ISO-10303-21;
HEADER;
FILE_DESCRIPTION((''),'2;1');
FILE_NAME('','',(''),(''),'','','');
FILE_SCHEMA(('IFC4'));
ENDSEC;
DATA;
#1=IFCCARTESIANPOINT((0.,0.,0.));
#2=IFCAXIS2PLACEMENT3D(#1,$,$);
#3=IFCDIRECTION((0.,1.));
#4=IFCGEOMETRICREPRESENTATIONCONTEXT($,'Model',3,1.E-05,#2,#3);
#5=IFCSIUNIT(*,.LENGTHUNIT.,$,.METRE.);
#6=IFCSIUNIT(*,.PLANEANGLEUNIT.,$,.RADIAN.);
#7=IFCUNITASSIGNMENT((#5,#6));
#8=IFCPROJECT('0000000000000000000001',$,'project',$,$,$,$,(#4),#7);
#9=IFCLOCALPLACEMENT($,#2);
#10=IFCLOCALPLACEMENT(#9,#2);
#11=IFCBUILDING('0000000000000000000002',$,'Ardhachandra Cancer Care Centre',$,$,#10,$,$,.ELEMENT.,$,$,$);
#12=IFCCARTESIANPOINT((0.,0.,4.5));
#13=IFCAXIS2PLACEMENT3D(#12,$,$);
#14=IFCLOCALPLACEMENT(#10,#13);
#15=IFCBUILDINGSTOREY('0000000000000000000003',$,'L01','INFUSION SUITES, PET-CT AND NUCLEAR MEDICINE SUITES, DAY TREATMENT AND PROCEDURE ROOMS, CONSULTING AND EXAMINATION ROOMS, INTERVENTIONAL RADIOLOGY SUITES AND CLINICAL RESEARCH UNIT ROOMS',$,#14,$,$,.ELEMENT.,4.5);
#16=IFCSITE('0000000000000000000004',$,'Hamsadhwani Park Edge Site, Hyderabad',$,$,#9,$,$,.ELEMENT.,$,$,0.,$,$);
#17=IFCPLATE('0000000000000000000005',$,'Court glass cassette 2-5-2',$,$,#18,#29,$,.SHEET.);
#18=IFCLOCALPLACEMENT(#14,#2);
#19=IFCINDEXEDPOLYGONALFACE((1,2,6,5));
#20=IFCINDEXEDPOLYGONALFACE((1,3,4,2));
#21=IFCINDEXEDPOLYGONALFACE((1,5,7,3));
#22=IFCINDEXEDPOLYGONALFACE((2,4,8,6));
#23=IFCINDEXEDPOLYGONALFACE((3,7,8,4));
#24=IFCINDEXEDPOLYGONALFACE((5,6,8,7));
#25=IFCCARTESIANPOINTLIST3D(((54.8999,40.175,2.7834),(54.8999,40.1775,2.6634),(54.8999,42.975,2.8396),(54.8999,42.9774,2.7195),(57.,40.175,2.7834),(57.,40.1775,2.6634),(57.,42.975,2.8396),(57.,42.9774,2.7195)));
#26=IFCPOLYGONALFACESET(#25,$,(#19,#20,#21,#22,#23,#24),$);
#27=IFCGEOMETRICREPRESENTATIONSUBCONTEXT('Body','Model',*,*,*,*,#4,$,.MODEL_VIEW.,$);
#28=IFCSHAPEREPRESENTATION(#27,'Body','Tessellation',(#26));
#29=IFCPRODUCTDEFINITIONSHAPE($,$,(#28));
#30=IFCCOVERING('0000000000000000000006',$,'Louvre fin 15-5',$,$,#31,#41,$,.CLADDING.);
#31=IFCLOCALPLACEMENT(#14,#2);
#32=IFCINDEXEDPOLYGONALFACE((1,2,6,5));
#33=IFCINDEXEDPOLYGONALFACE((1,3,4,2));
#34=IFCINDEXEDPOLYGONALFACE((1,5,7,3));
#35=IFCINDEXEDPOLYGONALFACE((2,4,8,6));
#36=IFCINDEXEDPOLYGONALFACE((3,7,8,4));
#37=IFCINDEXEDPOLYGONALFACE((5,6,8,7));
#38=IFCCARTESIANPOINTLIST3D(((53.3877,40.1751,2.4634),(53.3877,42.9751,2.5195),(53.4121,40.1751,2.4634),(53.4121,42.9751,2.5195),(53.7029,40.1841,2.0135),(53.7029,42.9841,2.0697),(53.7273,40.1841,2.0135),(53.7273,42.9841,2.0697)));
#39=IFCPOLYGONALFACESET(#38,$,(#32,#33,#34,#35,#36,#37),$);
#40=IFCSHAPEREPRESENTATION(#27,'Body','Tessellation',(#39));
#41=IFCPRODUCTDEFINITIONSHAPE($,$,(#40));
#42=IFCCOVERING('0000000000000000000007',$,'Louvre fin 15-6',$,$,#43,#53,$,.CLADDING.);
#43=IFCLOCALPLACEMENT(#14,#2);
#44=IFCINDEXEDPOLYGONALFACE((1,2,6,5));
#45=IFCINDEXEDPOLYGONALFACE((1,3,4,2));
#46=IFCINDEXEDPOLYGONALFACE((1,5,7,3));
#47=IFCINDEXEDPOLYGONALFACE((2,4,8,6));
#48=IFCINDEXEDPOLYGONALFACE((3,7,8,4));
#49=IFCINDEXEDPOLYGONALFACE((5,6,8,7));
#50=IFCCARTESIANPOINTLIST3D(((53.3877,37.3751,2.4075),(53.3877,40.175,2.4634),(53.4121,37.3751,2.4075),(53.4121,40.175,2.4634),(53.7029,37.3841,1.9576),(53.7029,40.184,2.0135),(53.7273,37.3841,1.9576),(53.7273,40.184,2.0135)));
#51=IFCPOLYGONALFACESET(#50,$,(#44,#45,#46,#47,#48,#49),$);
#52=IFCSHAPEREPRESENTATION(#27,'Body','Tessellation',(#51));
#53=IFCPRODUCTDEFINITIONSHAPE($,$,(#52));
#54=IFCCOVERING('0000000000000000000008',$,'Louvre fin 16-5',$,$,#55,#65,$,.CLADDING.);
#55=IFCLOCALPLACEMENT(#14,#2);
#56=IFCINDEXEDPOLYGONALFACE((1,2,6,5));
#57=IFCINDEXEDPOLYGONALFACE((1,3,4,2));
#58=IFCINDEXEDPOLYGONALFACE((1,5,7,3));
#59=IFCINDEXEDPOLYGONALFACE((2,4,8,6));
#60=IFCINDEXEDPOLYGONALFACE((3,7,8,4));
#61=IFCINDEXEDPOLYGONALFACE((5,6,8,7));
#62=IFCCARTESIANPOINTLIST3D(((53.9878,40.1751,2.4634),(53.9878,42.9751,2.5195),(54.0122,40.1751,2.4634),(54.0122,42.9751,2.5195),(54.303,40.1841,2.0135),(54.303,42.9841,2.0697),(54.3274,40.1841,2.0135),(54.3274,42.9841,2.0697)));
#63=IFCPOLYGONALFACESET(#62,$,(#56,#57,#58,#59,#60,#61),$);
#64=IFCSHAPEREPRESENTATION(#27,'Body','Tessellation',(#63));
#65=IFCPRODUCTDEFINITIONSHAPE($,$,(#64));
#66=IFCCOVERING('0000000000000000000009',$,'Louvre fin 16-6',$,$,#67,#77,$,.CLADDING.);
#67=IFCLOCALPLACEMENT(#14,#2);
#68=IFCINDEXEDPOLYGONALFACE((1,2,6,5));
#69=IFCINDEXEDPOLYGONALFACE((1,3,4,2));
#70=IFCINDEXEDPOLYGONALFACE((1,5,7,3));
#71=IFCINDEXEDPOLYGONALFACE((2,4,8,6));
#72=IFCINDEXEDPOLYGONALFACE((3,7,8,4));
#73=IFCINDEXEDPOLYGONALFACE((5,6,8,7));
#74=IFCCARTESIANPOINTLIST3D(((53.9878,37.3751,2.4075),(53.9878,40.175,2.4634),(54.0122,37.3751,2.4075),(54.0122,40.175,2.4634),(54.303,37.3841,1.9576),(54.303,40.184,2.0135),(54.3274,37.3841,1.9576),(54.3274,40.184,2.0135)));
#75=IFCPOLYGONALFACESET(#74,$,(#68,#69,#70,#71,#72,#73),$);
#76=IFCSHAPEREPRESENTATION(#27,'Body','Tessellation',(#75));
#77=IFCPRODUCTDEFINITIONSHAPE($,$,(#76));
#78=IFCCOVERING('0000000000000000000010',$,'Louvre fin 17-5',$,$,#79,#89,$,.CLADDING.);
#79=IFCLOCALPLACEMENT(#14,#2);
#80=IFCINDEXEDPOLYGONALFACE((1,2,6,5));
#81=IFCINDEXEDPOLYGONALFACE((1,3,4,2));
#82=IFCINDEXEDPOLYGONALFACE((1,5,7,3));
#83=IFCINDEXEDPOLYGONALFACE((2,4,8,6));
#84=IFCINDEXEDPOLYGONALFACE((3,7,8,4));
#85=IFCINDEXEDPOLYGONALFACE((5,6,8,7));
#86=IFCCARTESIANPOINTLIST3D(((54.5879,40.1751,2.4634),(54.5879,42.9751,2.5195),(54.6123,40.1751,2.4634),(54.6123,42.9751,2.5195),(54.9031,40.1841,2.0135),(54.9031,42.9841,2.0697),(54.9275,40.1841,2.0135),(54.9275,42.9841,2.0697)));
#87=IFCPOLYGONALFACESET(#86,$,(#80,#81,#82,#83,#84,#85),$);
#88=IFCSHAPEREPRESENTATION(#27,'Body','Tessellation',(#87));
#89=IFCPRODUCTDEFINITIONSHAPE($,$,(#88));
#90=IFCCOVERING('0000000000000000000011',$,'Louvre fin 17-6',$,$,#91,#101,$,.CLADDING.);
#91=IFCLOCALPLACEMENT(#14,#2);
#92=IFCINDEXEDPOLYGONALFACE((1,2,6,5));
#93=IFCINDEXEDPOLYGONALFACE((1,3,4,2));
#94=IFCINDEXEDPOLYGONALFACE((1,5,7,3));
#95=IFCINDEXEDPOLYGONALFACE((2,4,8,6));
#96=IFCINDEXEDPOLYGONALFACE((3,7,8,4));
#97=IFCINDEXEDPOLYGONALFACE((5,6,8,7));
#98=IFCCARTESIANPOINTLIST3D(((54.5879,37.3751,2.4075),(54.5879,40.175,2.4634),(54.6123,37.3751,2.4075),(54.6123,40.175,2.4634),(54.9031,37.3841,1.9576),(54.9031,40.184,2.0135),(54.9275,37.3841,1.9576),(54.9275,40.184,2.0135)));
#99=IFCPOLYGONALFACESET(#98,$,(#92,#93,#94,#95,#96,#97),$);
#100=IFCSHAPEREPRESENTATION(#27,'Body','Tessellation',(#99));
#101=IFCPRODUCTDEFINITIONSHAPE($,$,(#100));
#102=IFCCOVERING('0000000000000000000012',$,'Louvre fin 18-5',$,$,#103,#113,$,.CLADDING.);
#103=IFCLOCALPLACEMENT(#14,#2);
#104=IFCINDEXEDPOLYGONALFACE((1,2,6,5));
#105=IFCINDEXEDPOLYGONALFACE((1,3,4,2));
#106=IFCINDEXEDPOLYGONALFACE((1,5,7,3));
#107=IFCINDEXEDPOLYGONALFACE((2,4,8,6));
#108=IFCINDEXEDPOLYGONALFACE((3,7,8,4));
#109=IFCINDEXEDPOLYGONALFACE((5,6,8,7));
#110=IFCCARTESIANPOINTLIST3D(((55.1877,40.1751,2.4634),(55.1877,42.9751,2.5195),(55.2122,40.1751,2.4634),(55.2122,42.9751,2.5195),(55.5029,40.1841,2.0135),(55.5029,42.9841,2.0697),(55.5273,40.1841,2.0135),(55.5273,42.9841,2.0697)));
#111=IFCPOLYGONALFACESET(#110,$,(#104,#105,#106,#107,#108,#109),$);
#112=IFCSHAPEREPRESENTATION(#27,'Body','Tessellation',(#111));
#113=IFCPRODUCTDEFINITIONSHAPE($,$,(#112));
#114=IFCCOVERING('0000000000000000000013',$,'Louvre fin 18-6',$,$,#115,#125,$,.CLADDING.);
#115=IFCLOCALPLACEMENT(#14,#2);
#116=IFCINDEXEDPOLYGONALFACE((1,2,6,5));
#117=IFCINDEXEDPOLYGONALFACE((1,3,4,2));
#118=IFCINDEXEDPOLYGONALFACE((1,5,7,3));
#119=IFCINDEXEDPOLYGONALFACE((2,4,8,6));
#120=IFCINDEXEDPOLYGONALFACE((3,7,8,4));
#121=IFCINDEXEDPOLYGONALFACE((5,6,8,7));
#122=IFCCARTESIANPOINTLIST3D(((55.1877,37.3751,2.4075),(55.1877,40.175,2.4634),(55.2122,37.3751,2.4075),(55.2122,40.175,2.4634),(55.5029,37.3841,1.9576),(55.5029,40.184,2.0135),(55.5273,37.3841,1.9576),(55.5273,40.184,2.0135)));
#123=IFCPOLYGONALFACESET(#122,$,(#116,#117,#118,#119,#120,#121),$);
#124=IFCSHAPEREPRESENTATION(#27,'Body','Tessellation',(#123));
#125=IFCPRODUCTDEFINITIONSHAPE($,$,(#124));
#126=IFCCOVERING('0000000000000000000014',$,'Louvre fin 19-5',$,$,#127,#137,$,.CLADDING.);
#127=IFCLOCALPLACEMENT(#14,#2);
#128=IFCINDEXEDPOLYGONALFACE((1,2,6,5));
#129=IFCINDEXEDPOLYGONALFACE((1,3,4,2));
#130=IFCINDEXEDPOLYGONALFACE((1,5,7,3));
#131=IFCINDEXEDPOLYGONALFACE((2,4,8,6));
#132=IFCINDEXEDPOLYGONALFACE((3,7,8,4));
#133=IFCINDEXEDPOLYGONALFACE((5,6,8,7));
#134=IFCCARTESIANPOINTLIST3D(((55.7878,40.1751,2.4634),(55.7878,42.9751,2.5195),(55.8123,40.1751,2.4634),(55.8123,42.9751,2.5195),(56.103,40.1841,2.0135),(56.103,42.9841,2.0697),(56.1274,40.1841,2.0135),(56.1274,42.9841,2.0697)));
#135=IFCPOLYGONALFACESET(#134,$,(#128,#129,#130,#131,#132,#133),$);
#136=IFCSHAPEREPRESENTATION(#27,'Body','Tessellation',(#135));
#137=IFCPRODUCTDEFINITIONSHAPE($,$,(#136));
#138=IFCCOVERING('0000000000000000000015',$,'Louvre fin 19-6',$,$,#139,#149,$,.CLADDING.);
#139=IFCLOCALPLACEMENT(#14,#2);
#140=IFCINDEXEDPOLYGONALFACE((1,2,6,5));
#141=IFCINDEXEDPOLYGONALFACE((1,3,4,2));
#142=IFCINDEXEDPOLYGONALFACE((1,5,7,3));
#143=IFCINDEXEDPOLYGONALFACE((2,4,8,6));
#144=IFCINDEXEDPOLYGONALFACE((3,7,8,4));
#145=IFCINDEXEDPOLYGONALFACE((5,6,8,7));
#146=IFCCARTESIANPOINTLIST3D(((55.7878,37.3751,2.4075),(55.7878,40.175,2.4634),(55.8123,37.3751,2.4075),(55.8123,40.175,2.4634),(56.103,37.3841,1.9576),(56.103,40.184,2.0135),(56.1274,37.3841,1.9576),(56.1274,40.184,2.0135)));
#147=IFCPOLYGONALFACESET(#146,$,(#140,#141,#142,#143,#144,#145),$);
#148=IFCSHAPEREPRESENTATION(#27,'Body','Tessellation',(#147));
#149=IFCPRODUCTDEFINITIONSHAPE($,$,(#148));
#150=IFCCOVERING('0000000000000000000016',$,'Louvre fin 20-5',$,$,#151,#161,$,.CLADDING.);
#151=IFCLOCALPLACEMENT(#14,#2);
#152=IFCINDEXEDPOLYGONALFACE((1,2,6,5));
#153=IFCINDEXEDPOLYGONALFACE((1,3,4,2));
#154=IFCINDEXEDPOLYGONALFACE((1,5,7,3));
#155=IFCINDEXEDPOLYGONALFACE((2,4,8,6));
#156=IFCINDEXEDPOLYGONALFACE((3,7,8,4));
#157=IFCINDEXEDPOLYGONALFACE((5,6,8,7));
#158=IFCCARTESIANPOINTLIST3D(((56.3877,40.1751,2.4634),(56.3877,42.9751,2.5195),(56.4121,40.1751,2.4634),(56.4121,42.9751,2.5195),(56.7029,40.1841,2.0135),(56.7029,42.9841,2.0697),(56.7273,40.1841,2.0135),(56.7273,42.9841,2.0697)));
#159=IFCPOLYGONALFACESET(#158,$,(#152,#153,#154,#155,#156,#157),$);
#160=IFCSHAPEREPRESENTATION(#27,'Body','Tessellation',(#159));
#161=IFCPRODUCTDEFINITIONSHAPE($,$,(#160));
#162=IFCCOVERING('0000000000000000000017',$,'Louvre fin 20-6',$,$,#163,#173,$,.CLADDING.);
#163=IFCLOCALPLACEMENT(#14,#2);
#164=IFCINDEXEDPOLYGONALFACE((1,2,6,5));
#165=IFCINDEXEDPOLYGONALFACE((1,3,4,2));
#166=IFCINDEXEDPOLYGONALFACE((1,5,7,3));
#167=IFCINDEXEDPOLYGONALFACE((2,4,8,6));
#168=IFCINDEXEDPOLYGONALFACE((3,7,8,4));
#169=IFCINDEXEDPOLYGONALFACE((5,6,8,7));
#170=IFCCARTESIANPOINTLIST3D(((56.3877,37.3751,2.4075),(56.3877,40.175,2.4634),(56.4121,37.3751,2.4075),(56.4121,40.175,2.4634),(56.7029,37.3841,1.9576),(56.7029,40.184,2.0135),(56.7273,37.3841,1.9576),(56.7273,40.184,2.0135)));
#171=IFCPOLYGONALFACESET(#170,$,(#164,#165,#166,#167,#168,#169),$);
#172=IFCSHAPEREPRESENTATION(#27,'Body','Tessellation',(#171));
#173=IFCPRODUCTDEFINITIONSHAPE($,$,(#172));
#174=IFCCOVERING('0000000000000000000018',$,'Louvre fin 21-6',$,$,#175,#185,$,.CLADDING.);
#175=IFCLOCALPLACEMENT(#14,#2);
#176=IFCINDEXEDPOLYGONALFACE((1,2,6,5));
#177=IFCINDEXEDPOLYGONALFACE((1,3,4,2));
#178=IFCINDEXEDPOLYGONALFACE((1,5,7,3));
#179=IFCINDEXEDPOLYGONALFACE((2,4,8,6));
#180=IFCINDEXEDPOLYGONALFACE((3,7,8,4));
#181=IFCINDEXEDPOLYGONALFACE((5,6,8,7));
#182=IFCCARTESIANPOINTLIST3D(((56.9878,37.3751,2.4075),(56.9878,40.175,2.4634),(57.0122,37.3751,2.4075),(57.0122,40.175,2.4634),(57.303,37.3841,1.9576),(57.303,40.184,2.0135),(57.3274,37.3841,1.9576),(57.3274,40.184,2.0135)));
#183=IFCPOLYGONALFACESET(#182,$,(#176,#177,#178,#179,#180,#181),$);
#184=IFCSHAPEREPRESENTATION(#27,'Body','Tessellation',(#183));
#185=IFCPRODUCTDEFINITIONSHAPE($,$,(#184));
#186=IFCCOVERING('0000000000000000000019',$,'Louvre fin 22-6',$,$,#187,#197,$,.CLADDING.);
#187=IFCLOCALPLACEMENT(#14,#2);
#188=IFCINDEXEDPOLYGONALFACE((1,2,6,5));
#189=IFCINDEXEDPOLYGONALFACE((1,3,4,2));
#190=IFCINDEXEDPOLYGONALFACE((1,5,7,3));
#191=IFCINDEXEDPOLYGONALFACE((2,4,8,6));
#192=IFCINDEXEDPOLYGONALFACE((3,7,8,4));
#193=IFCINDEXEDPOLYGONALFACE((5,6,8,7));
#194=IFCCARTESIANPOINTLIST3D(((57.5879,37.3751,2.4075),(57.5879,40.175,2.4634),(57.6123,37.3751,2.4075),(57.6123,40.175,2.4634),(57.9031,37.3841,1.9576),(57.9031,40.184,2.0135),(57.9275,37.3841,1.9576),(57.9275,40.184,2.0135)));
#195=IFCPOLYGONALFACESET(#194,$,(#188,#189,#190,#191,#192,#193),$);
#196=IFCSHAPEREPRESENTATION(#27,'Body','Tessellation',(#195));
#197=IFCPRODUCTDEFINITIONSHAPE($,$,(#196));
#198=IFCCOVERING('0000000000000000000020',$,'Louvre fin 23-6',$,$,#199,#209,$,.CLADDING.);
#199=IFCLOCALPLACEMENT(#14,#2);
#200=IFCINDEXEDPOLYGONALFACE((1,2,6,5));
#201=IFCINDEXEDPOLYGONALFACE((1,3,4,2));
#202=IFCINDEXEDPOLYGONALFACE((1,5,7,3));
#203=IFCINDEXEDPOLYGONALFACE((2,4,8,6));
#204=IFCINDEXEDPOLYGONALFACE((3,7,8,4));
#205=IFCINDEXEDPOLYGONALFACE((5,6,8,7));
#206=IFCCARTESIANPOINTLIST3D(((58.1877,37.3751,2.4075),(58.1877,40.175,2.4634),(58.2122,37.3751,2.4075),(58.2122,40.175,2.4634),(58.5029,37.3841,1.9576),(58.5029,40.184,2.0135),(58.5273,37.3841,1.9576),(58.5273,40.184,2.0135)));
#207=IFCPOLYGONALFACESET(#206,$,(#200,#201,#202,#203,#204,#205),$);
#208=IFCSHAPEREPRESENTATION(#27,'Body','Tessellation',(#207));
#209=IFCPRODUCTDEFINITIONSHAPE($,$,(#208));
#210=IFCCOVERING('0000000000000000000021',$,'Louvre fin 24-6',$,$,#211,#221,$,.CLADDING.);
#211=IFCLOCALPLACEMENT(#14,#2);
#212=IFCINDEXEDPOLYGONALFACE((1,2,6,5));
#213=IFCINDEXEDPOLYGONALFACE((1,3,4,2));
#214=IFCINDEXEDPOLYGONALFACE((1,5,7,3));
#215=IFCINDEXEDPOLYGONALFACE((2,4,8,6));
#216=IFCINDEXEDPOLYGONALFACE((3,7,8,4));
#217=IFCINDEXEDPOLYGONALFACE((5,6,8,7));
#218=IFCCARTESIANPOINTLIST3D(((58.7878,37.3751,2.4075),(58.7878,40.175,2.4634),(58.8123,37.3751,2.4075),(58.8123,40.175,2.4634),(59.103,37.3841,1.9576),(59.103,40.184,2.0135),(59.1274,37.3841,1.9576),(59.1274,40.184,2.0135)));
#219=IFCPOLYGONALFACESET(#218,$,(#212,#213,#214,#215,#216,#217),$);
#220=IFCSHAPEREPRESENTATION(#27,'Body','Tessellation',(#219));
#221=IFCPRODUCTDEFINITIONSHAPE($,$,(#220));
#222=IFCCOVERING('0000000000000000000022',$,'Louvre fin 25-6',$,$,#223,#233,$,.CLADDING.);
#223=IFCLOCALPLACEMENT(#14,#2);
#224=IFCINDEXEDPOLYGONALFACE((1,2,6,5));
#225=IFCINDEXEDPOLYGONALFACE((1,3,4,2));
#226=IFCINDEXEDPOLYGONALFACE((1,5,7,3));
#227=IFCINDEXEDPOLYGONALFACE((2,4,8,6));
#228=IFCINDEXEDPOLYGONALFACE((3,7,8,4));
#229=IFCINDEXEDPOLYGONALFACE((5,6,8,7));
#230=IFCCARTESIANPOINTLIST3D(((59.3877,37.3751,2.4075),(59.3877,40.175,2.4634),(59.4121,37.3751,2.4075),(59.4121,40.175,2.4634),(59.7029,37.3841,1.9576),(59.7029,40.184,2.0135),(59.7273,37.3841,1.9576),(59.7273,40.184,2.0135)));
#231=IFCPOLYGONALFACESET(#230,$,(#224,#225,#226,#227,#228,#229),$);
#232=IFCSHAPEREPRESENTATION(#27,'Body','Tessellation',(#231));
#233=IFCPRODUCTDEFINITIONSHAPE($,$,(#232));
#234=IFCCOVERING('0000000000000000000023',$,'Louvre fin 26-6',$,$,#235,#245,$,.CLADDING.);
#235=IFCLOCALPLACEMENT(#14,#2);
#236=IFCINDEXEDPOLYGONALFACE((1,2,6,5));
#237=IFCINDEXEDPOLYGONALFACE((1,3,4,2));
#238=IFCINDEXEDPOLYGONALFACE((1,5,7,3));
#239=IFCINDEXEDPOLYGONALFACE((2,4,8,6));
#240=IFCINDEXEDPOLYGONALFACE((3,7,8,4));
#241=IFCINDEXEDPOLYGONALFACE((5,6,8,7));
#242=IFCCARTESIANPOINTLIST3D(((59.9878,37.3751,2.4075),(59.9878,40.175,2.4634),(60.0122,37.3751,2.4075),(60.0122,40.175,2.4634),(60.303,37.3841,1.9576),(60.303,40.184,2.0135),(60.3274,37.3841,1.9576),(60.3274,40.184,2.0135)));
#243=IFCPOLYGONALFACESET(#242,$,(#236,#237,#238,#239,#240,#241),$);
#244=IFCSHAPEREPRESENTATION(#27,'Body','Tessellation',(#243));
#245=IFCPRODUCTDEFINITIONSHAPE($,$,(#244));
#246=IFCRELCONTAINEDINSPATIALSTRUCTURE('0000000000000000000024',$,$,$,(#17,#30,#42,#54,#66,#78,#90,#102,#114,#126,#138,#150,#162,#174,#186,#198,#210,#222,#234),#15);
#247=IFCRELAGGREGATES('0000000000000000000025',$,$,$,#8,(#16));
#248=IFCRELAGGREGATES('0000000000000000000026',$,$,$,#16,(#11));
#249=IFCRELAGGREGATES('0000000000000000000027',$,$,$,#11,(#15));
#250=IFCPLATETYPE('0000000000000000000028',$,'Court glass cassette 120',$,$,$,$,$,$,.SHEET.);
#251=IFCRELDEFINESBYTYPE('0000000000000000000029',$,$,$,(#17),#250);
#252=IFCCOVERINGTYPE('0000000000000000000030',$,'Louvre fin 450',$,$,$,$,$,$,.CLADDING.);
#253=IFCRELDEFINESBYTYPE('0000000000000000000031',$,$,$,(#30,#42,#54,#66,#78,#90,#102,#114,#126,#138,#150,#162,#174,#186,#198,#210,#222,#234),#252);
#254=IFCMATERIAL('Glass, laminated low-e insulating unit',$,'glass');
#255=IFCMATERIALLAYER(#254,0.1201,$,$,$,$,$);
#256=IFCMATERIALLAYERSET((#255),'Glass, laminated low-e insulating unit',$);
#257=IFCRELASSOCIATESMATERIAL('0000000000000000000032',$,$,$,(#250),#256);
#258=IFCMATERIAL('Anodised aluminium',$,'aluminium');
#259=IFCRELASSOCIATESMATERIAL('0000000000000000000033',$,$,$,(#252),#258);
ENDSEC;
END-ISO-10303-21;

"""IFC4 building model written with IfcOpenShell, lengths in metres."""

from ifc_helpers import new_model, si_unit, direction, frame, origin, place, context, subcontext, project, spatial, polyline, outline, extrude, material, layer, layer_set, material_profile, profile_set, type_object, element, save


model = new_model("IFC4")

# Units and contexts
model_context = context("Model", 3, precision=1e-05, world=origin(), true_north=direction((0.0, 1.0)))
body_context = subcontext(model_context, "Body", "Model", "MODEL_VIEW")
ifc_project = project(units=[si_unit("LENGTHUNIT", "METRE"), si_unit("PLANEANGLEUNIT", "RADIAN")], contexts=[model_context])

# Site, building, storey
site_placement = place(None, origin())
site = spatial("IfcSite", under=ifc_project, at=site_placement, Name="Hamsadhwani Park Edge Site, Hyderabad", CompositionType="ELEMENT", RefElevation=0.0)
building_placement = place(site_placement, origin())
building = spatial("IfcBuilding", under=site, at=building_placement, Name="Ardhachandra Cancer Care Centre", CompositionType="ELEMENT")
storey_placement = place(building_placement, frame((0.0, 0.0, 4.5)))
storey = spatial("IfcBuildingStorey", under=building, at=storey_placement, Name="L01", Description="INFUSION SUITES, PET-CT AND NUCLEAR MEDICINE SUITES, DAY TREATMENT AND PROCEDURE ROOMS, CONSULTING AND EXAMINATION ROOMS, INTERVENTIONAL RADIOLOGY SUITES AND CLINICAL RESEARCH UNIT ROOMS", CompositionType="ELEMENT", Elevation=4.5)

# Plate
ifc_material_1 = material(Name="Glass, laminated low-e insulating unit", Category="glass")
ifc_layer = layer(ifc_material_1, 0.1201)
ifc_layer_set = layer_set([ifc_layer], Name="Glass, laminated low-e insulating unit")
plate_type = type_object("IfcPlateType", Name="Court glass cassette 120", PredefinedType="SHEET", material=ifc_layer_set)
plate_1_placement = place(storey_placement, frame((54.8999, 40.175, 2.7834), z_axis=(0.0, -0.02005, 0.999799), x_axis=(0.0, 0.999799, 0.02005)))
element("IfcPlate", 1, at=plate_1_placement, inside=storey, type_object=plate_type, Name="Court glass cassette 2-5-2", PredefinedType="SHEET", context=body_context, shape_type="SweptSolid", body=[
    extrude(outline(polyline([(0.0, -2.1001), (2.8005, -2.1001), (2.8005, 0.0), (0.0, 0.0), (0.0, -2.1001)])), frame((0.0, 0.0, -0.1201)), (0.0, 0.0, 1.0), 0.1201),
])

# Coverings
ifc_material_2 = material(Name="Anodised aluminium", Category="aluminium")
ifc_material_profile_1 = material_profile(ifc_material_2, outline(polyline([(-0.0122, 0.0), (0.0122, 0.0), (0.3274, -0.45), (0.303, -0.45), (-0.0122, 0.0)])), Name="Louvre fin 450")
ifc_profile_set_1 = profile_set([ifc_material_profile_1], Name="Anodised aluminium")
covering_type = type_object("IfcCoveringType", Name="Louvre fin 450", PredefinedType="CLADDING", material=ifc_profile_set_1)
for number, where, z_axis, x_axis, name in (
    (2, (53.3999, 42.9751, 2.5195), (0.0, -0.999799, -0.02005), (1.0, 0.0, 0.0), "Louvre fin 15-5"),
    (3, (53.3999, 40.175, 2.4634), (0.0, -0.999801, -0.019963), (1.0, 0.0, 0.0), "Louvre fin 15-6"),
    (4, (54.0, 42.9751, 2.5195), (0.0, -0.999799, -0.02005), (1.0, 0.0, 0.0), "Louvre fin 16-5"),
    (5, (54.0, 40.175, 2.4634), (0.0, -0.999801, -0.019963), (1.0, 0.0, 0.0), "Louvre fin 16-6"),
    (6, (54.6001, 42.9751, 2.5195), (0.0, -0.999799, -0.02005), (1.0, 0.0, 0.0), "Louvre fin 17-5"),
    (7, (54.6001, 40.175, 2.4634), (0.0, -0.999801, -0.019963), (1.0, 0.0, 0.0), "Louvre fin 17-6"),
    (8, (55.2, 42.9751, 2.5195), (0.0, -0.999799, -0.02005), (1.0, 0.0, 0.0), "Louvre fin 18-5"),
    (9, (55.2, 40.175, 2.4634), (0.0, -0.999801, -0.019963), (1.0, 0.0, 0.0), "Louvre fin 18-6"),
    (10, (55.8, 42.9751, 2.5195), (0.0, -0.999799, -0.02005), (1.0, 0.0, 0.0), "Louvre fin 19-5"),
    (11, (55.8, 40.175, 2.4634), (0.0, -0.999801, -0.019963), (1.0, 0.0, 0.0), "Louvre fin 19-6"),
    (12, (56.3999, 42.9751, 2.5195), (0.0, -0.999799, -0.02005), (1.0, 0.0, 0.0), "Louvre fin 20-5"),
    (13, (56.3999, 40.175, 2.4634), (0.0, -0.999801, -0.019963), (1.0, 0.0, 0.0), "Louvre fin 20-6"),
    (14, (57.0, 40.175, 2.4634), (0.0, -0.999801, -0.019963), (1.0, 0.0, 0.0), "Louvre fin 21-6"),
    (15, (57.6001, 40.175, 2.4634), (0.0, -0.999801, -0.019963), (1.0, 0.0, 0.0), "Louvre fin 22-6"),
    (16, (58.2, 40.175, 2.4634), (0.0, -0.999801, -0.019963), (1.0, 0.0, 0.0), "Louvre fin 23-6"),
    (17, (58.8, 40.175, 2.4634), (0.0, -0.999801, -0.019963), (1.0, 0.0, 0.0), "Louvre fin 24-6"),
    (18, (59.3999, 40.175, 2.4634), (0.0, -0.999801, -0.019963), (1.0, 0.0, 0.0), "Louvre fin 25-6"),
    (19, (60.0, 40.175, 2.4634), (0.0, -0.999801, -0.019963), (1.0, 0.0, 0.0), "Louvre fin 26-6"),
):
    element("IfcCovering", number, at=place(storey_placement, frame(where, z_axis=z_axis, x_axis=x_axis)), inside=storey, type_object=covering_type, Name=name, PredefinedType="CLADDING", context=body_context, shape_type="SweptSolid", body=[
        extrude(outline(polyline([(-0.0122, 0.0), (0.0122, 0.0), (0.3274, -0.45), (0.303, -0.45), (-0.0122, 0.0)])), origin(), (0.0, 0.0, 1.0), 2.8005),
    ])

save(model, "model.ifc")
